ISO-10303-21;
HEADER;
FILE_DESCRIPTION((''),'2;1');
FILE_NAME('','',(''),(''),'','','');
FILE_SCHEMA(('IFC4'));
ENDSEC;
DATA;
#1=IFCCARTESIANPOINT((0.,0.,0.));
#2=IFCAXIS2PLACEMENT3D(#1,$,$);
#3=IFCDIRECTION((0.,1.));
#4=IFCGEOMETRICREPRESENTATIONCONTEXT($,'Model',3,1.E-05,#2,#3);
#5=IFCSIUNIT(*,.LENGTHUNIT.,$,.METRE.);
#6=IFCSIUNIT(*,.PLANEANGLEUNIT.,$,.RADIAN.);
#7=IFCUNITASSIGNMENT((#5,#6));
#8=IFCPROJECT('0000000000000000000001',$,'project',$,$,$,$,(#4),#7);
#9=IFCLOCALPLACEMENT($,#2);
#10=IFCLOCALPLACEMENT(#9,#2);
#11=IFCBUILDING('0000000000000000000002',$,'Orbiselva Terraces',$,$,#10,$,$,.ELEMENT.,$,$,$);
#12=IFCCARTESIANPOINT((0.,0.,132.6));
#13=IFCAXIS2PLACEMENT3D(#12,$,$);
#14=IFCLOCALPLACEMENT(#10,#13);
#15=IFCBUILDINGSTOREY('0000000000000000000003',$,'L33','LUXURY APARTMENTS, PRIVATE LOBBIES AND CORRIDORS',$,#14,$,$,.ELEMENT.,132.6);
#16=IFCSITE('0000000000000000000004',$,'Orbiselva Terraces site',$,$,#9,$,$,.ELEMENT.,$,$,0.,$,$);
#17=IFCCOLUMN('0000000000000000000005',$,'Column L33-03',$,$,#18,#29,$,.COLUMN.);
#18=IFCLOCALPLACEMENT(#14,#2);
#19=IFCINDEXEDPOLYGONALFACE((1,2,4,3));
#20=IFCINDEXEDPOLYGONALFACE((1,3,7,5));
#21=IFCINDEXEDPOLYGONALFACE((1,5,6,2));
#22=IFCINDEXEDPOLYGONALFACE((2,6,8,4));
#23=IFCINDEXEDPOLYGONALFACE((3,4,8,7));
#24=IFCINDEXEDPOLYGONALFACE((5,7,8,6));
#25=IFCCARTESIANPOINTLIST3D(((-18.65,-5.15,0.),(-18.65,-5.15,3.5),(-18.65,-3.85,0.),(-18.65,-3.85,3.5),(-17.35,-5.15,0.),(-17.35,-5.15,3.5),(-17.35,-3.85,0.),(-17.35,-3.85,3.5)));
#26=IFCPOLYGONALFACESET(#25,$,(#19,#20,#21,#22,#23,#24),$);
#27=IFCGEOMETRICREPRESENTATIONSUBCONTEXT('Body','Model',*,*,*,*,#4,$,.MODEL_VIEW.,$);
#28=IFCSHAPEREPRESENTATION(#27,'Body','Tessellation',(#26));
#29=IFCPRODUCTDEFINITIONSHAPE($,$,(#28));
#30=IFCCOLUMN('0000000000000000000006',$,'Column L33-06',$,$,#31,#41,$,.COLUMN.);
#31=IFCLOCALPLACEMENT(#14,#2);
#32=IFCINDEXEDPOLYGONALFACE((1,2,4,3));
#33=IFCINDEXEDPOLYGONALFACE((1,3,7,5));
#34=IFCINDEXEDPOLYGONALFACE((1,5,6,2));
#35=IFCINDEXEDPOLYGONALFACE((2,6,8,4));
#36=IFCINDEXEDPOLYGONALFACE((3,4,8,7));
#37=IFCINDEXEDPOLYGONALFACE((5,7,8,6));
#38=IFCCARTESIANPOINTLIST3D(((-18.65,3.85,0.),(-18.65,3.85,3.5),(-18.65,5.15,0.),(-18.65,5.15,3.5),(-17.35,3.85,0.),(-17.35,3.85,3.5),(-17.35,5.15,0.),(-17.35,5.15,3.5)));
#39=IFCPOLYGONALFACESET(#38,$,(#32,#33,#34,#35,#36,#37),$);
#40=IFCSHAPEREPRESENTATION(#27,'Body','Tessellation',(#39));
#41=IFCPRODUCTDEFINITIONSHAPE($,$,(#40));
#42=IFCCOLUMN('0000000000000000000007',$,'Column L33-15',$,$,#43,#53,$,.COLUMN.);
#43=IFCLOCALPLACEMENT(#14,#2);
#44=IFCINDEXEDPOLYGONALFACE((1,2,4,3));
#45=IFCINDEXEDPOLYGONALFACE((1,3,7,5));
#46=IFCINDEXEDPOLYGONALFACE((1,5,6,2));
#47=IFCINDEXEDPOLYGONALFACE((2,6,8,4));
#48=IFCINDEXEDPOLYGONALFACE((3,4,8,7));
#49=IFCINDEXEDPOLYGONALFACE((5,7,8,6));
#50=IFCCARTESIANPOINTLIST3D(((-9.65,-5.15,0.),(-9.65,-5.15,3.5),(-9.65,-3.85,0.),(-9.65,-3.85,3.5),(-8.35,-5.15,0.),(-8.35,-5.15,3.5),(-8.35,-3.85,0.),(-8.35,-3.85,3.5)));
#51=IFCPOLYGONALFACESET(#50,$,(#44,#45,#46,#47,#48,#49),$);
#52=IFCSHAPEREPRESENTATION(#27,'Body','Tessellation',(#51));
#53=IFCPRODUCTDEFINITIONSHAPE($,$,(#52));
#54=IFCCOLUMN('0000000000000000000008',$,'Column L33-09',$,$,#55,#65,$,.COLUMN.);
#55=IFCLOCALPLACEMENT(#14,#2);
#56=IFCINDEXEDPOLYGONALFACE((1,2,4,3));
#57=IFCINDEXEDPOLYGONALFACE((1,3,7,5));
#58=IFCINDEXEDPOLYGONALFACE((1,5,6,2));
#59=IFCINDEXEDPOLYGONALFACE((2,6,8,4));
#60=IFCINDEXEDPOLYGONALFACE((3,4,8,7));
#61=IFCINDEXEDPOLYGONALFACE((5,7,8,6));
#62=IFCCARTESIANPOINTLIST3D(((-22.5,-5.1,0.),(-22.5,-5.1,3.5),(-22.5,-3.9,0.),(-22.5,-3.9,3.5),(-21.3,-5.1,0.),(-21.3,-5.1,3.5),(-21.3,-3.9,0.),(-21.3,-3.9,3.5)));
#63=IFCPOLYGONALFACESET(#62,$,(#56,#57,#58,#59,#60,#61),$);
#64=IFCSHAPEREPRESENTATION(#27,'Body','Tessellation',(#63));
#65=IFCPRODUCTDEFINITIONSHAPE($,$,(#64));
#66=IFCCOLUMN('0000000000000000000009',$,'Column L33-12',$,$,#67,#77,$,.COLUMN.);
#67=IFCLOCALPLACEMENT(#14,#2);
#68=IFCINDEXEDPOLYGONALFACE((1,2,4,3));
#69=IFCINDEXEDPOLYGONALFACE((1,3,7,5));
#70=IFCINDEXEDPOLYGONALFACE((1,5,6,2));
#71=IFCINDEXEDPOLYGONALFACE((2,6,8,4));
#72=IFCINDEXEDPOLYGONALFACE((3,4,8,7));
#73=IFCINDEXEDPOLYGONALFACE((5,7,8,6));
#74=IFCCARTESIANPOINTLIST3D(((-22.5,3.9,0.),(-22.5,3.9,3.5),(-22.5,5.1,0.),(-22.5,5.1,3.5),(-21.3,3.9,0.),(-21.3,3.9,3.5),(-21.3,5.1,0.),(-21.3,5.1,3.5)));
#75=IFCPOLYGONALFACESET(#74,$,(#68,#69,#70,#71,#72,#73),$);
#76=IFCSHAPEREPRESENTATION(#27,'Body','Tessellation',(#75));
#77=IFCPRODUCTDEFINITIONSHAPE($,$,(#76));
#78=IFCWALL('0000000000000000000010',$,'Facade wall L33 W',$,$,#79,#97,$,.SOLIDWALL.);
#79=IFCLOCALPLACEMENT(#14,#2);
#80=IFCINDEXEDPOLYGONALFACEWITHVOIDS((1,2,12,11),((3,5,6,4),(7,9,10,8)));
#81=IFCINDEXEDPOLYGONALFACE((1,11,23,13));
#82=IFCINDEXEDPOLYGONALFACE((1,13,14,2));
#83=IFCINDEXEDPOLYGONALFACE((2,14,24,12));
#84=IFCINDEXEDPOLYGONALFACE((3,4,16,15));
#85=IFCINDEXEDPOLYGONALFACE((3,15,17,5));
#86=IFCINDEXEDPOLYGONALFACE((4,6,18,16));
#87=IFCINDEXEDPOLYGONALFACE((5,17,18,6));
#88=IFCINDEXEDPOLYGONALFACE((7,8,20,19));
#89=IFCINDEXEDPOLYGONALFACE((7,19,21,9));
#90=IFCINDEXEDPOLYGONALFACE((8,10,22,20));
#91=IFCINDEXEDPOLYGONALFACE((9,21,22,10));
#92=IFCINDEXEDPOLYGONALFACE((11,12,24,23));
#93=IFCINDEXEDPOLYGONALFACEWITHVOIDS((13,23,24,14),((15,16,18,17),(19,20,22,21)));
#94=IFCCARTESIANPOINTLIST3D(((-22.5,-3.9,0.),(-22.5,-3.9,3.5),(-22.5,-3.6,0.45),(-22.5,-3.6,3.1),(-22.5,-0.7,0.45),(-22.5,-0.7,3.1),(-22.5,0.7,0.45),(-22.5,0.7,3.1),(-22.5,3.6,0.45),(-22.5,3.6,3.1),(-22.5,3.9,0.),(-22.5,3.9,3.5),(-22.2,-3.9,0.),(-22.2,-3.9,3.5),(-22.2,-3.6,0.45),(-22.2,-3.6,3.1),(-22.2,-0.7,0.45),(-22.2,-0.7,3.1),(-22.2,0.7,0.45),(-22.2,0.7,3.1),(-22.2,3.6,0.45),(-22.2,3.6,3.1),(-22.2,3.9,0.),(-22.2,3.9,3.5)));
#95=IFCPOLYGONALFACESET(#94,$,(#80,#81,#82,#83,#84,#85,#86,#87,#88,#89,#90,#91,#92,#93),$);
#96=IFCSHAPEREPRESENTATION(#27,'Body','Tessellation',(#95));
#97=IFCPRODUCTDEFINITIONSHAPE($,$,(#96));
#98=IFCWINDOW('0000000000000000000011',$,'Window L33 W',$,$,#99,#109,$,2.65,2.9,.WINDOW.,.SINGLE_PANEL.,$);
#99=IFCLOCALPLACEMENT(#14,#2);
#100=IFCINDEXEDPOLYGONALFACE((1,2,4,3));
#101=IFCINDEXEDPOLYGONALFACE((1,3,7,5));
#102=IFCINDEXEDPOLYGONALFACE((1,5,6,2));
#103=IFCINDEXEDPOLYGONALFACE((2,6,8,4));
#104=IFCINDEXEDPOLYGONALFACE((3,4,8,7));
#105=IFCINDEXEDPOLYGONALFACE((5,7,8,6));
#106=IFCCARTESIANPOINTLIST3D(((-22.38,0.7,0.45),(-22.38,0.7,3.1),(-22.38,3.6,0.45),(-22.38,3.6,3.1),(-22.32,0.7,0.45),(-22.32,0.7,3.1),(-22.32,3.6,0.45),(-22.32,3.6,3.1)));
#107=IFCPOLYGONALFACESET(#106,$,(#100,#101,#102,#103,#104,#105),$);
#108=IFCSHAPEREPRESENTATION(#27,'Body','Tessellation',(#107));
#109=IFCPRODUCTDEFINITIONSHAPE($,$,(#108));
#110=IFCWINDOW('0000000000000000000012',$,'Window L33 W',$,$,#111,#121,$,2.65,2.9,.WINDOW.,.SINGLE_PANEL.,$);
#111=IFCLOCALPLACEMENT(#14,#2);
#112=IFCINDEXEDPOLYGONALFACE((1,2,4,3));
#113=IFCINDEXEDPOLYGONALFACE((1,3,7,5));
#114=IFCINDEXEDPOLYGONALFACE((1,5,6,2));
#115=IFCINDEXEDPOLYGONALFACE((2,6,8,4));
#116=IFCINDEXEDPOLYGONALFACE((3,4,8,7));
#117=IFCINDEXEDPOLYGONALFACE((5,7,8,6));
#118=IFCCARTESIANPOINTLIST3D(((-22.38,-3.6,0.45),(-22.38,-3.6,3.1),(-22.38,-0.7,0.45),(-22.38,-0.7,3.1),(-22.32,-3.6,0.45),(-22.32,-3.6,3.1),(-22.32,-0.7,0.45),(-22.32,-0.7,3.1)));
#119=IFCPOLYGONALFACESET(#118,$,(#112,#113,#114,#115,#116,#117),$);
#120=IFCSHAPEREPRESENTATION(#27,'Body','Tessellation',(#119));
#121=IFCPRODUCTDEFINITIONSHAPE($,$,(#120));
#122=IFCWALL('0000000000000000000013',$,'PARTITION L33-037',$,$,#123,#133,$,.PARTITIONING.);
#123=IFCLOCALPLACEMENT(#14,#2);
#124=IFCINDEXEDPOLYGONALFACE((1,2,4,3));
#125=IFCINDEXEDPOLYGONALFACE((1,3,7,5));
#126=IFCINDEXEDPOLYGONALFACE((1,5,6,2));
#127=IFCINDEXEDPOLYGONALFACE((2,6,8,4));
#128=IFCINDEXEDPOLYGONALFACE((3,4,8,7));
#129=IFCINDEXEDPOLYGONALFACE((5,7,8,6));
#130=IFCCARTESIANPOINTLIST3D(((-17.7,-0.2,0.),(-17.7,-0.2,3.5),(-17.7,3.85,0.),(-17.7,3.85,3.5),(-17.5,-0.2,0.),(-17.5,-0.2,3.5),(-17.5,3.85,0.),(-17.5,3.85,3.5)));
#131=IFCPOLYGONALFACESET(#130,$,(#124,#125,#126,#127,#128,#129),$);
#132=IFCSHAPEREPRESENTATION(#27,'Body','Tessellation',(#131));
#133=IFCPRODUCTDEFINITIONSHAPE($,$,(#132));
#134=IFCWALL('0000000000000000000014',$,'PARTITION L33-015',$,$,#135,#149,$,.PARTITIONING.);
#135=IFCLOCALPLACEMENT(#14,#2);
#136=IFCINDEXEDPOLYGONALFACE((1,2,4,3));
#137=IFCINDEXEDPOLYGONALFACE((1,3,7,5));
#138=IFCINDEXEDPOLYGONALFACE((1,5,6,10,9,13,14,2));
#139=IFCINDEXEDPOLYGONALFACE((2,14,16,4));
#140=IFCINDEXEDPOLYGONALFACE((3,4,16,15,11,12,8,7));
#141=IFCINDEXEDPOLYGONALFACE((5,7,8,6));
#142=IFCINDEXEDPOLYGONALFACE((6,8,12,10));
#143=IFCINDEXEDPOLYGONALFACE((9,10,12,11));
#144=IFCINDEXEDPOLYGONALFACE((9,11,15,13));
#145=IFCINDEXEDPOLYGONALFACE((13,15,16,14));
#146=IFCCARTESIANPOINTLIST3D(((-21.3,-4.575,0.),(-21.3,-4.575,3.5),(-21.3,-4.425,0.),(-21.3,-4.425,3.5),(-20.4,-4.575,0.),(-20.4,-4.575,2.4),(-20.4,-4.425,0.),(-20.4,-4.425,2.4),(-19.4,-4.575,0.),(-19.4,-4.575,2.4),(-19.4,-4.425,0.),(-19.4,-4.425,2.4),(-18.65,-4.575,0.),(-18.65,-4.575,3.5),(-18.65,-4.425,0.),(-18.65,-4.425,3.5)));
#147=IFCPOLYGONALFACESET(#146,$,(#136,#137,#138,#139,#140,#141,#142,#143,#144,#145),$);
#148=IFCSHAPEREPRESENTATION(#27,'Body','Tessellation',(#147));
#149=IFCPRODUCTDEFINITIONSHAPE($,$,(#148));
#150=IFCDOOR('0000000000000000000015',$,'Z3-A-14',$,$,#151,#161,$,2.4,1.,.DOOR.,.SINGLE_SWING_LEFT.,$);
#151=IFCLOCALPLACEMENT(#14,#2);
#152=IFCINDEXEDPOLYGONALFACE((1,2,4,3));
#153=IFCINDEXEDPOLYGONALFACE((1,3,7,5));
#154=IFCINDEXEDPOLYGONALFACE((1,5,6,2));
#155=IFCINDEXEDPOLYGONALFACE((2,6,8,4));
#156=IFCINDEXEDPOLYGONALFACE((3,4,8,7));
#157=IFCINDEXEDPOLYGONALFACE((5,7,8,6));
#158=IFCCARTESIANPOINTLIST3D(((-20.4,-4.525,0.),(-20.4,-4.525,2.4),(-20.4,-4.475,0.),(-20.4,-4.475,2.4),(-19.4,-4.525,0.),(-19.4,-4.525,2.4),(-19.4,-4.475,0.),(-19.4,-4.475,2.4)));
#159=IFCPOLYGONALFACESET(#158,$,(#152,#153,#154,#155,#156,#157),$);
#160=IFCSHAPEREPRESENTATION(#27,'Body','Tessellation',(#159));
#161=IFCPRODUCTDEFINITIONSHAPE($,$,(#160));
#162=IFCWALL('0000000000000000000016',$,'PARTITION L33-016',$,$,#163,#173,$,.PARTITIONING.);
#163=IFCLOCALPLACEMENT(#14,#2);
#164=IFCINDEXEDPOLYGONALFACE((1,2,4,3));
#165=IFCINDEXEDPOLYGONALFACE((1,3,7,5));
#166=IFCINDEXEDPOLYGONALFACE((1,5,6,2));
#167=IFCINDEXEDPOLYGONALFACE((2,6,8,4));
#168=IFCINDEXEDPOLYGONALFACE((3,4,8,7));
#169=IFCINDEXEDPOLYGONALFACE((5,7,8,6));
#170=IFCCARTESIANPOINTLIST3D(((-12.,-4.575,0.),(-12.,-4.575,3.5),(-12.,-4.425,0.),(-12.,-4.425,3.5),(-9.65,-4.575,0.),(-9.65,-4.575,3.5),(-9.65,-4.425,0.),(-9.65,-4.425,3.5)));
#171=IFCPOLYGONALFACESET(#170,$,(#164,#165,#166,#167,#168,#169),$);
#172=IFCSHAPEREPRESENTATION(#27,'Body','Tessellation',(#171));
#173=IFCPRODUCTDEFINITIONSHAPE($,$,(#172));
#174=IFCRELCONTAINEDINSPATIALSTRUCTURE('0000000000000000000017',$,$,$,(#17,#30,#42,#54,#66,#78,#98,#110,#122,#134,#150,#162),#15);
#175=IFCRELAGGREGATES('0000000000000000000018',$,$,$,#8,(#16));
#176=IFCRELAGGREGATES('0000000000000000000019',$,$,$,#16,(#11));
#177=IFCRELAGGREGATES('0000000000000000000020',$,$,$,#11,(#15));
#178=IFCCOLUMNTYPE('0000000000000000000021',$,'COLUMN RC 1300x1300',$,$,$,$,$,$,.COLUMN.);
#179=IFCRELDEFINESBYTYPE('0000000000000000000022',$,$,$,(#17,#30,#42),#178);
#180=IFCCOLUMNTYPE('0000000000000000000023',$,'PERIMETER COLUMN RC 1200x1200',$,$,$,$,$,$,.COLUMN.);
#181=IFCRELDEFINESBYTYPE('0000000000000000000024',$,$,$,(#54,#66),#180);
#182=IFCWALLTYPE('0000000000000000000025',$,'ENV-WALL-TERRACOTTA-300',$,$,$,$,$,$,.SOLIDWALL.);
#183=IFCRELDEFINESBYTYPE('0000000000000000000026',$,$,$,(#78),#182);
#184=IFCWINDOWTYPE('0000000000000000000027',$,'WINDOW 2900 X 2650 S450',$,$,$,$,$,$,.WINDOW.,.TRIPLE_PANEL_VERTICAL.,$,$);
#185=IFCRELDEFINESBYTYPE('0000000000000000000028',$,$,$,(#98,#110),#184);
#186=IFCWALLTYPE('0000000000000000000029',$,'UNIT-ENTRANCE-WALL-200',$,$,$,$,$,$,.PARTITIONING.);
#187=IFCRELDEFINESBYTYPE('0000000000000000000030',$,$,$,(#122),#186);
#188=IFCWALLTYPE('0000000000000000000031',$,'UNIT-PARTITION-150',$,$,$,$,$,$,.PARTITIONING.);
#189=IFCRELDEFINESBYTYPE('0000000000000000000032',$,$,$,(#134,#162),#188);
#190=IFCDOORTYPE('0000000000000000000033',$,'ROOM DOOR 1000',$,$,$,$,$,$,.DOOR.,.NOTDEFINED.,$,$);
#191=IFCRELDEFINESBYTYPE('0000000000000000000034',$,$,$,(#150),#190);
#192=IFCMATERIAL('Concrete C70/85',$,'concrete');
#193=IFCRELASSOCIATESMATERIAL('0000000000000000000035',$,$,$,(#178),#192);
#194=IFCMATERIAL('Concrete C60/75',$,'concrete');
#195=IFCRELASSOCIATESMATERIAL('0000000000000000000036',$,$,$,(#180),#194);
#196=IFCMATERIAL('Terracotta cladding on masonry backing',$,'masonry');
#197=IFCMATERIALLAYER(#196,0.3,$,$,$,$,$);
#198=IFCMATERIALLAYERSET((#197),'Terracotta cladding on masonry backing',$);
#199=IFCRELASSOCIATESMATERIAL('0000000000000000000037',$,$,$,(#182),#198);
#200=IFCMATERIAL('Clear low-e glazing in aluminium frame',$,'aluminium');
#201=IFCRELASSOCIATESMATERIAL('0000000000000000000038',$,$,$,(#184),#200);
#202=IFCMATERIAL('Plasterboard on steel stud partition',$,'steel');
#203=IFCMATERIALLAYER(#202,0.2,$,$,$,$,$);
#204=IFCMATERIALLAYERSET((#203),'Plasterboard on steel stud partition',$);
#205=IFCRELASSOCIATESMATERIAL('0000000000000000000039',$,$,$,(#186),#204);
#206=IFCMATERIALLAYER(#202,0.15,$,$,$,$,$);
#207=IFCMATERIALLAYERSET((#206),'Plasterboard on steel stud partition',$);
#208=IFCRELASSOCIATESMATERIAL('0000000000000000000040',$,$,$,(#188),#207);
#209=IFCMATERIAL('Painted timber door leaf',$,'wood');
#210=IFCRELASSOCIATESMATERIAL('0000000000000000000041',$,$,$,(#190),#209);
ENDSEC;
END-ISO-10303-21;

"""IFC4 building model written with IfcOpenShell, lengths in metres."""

from ifc_helpers import new_model, si_unit, direction, frame, frame_2d, origin, origin_2d, place, context, subcontext, project, spatial, rectangle, extrude, material, layer, layer_set, material_profile, profile_set, type_object, element, fill, save


model = new_model("IFC4")

# Units and contexts
model_context = context("Model", 3, precision=1e-05, world=origin(), true_north=direction((0.0, 1.0)))
body_context = subcontext(model_context, "Body", "Model", "MODEL_VIEW")
ifc_project = project(units=[si_unit("LENGTHUNIT", "METRE"), si_unit("PLANEANGLEUNIT", "RADIAN")], contexts=[model_context])

# Site, building, storey
site_placement = place(None, origin())
site = spatial("IfcSite", under=ifc_project, at=site_placement, Name="Orbiselva Terraces site", CompositionType="ELEMENT", RefElevation=0.0)
building_placement = place(site_placement, origin())
building = spatial("IfcBuilding", under=site, at=building_placement, Name="Orbiselva Terraces", CompositionType="ELEMENT")
storey_placement = place(building_placement, frame((0.0, 0.0, 132.6)))
storey = spatial("IfcBuildingStorey", under=building, at=storey_placement, Name="L33", Description="LUXURY APARTMENTS, PRIVATE LOBBIES AND CORRIDORS", CompositionType="ELEMENT", Elevation=132.6)

# Columns
ifc_material_1 = material(Name="Concrete C70/85", Category="concrete")
ifc_material_profile_1 = material_profile(ifc_material_1, rectangle(XDim=1.3, YDim=1.3, at=origin_2d()), Name="RC 1300x1300")
ifc_profile_set_1 = profile_set([ifc_material_profile_1], Name="Concrete C70/85")
column_type_1 = type_object("IfcColumnType", Name="COLUMN RC 1300x1300", PredefinedType="COLUMN", material=ifc_profile_set_1)
for number, where, z_axis, x_axis, name in (
    (1, (-18.0, -4.5, 0.0), (0.0, 0.0, 1.0), (1.0, 0.0, 0.0), "Column L33-03"),
    (2, (-18.0, 4.5, 0.0), (0.0, 0.0, 1.0), (1.0, 0.0, 0.0), "Column L33-06"),
    (3, (-9.0, -4.5, 0.0), (0.0, 0.0, 1.0), (1.0, 0.0, 0.0), "Column L33-15"),
):
    element("IfcColumn", number, at=place(storey_placement, frame(where, z_axis=z_axis, x_axis=x_axis)), inside=storey, type_object=column_type_1, Name=name, PredefinedType="COLUMN", context=body_context, shape_type="SweptSolid", body=[
        extrude(rectangle(XDim=1.3, YDim=1.3, at=origin_2d()), origin(), (0.0, 0.0, 1.0), 3.5),
    ])
ifc_material_2 = material(Name="Concrete C60/75", Category="concrete")
ifc_material_profile_2 = material_profile(ifc_material_2, rectangle(XDim=1.2, YDim=1.2, at=origin_2d()), Name="RC 1200x1200")
ifc_profile_set_2 = profile_set([ifc_material_profile_2], Name="Concrete C60/75")
column_type_2 = type_object("IfcColumnType", Name="PERIMETER COLUMN RC 1200x1200", PredefinedType="COLUMN", material=ifc_profile_set_2)
for number, where, z_axis, x_axis, name in (
    (4, (-21.9, -4.5, 0.0), (0.0, 0.0, 1.0), (1.0, 0.0, 0.0), "Column L33-09"),
    (5, (-21.9, 4.5, 0.0), (0.0, 0.0, 1.0), (1.0, 0.0, 0.0), "Column L33-12"),
):
    element("IfcColumn", number, at=place(storey_placement, frame(where, z_axis=z_axis, x_axis=x_axis)), inside=storey, type_object=column_type_2, Name=name, PredefinedType="COLUMN", context=body_context, shape_type="SweptSolid", body=[
        extrude(rectangle(XDim=1.2, YDim=1.2, at=origin_2d()), origin(), (0.0, 0.0, 1.0), 3.5),
    ])

# Wall, openings, windows
ifc_material_3 = material(Name="Terracotta cladding on masonry backing", Category="masonry")
ifc_layer_1 = layer(ifc_material_3, 0.3)
ifc_layer_set_1 = layer_set([ifc_layer_1], Name="Terracotta cladding on masonry backing")
wall_type_1 = type_object("IfcWallType", Name="ENV-WALL-TERRACOTTA-300", PredefinedType="SOLIDWALL", material=ifc_layer_set_1)
wall_1_placement = place(storey_placement, frame((-22.35, -3.9, 0.0), z_axis=(0.0, 0.0, 1.0), x_axis=(0.0, 1.0, 0.0)))
wall_1 = element("IfcWall", 6, at=wall_1_placement, inside=storey, type_object=wall_type_1, Name="Facade wall L33 W", PredefinedType="SOLIDWALL", context=body_context, shape_type="SweptSolid", body=[
    extrude(rectangle(XDim=7.8, YDim=0.3, at=frame_2d((3.9, 0.0))), origin(), (0.0, 0.0, 1.0), 3.5),
])
opening_1_placement = place(wall_1_placement, frame((4.6, 0.0, 0.45)))
opening_1 = element("IfcOpeningElement", 7, at=opening_1_placement, cuts=wall_1, PredefinedType="OPENING", context=body_context, shape_type="SweptSolid", body=[
    extrude(rectangle(XDim=2.9, YDim=2.65, at=frame_2d((1.45, 1.325))), frame((0.0, 0.16, 0.0), z_axis=(0.0, -1.0, 0.0), x_axis=(1.0, 0.0, 0.0)), (0.0, 0.0, 1.0), 0.32),
])
opening_2_placement = place(wall_1_placement, frame((0.3, 0.0, 0.45)))
opening_2 = element("IfcOpeningElement", 8, at=opening_2_placement, cuts=wall_1, PredefinedType="OPENING", context=body_context, shape_type="SweptSolid", body=[
    extrude(rectangle(XDim=2.9, YDim=2.65, at=frame_2d((1.45, 1.325))), frame((0.0, 0.16, 0.0), z_axis=(0.0, -1.0, 0.0), x_axis=(1.0, 0.0, 0.0)), (0.0, 0.0, 1.0), 0.32),
])
ifc_material_4 = material(Name="Clear low-e glazing in aluminium frame", Category="aluminium")
window_type = type_object("IfcWindowType", Name="WINDOW 2900 X 2650 S450", PartitioningType="TRIPLE_PANEL_VERTICAL", PredefinedType="WINDOW", material=ifc_material_4)
window_1_placement = place(opening_1_placement, origin())
window_1 = element("IfcWindow", 9, at=window_1_placement, inside=storey, type_object=window_type, Name="Window L33 W", OverallHeight=2.65, OverallWidth=2.9, PartitioningType="SINGLE_PANEL", PredefinedType="WINDOW", context=body_context, shape_type="SweptSolid", body=[
    extrude(rectangle(XDim=2.9, YDim=2.65, at=frame_2d((1.45, 1.325))), frame((0.0, 0.03, 0.0), z_axis=(0.0, -1.0, 0.0), x_axis=(1.0, 0.0, 0.0)), (0.0, 0.0, 1.0), 0.06),
])
fill(opening_1, window_1)
window_2_placement = place(opening_2_placement, origin())
window_2 = element("IfcWindow", 10, at=window_2_placement, inside=storey, type_object=window_type, Name="Window L33 W", OverallHeight=2.65, OverallWidth=2.9, PartitioningType="SINGLE_PANEL", PredefinedType="WINDOW", context=body_context, shape_type="SweptSolid", body=[
    extrude(rectangle(XDim=2.9, YDim=2.65, at=frame_2d((1.45, 1.325))), frame((0.0, 0.03, 0.0), z_axis=(0.0, -1.0, 0.0), x_axis=(1.0, 0.0, 0.0)), (0.0, 0.0, 1.0), 0.06),
])
fill(opening_2, window_2)

# Wall
ifc_material_5 = material(Name="Plasterboard on steel stud partition", Category="steel")
ifc_layer_2 = layer(ifc_material_5, 0.2)
ifc_layer_set_2 = layer_set([ifc_layer_2], Name="Plasterboard on steel stud partition")
wall_type_2 = type_object("IfcWallType", Name="UNIT-ENTRANCE-WALL-200", PredefinedType="PARTITIONING", material=ifc_layer_set_2)
wall_2_placement = place(storey_placement, frame((-17.6, -0.2, 0.0), z_axis=(0.0, 0.0, 1.0), x_axis=(0.0, 1.0, 0.0)))
element("IfcWall", 11, at=wall_2_placement, inside=storey, type_object=wall_type_2, Name="PARTITION L33-037", PredefinedType="PARTITIONING", context=body_context, shape_type="SweptSolid", body=[
    extrude(rectangle(XDim=4.05, YDim=0.2, at=frame_2d((2.025, 0.0))), origin(), (0.0, 0.0, 1.0), 3.5),
])

# Wall, opening, door
ifc_layer_3 = layer(ifc_material_5, 0.15)
ifc_layer_set_3 = layer_set([ifc_layer_3], Name="Plasterboard on steel stud partition")
wall_type_3 = type_object("IfcWallType", Name="UNIT-PARTITION-150", PredefinedType="PARTITIONING", material=ifc_layer_set_3)
wall_3_placement = place(storey_placement, frame((-18.65, -4.5, 0.0), z_axis=(0.0, 0.0, 1.0), x_axis=(-1.0, 0.0, 0.0)))
wall_3 = element("IfcWall", 12, at=wall_3_placement, inside=storey, type_object=wall_type_3, Name="PARTITION L33-015", PredefinedType="PARTITIONING", context=body_context, shape_type="SweptSolid", body=[
    extrude(rectangle(XDim=2.65, YDim=0.15, at=frame_2d((1.325, 0.0))), origin(), (0.0, 0.0, 1.0), 3.5),
])
opening_3_placement = place(wall_3_placement, frame((0.75, 0.0, 0.0)))
opening_3 = element("IfcOpeningElement", 13, at=opening_3_placement, cuts=wall_3, PredefinedType="OPENING", context=body_context, shape_type="SweptSolid", body=[
    extrude(rectangle(XDim=1.0, YDim=2.4, at=frame_2d((0.5, 1.2))), frame((0.0, 0.085, 0.0), z_axis=(0.0, -1.0, 0.0), x_axis=(1.0, 0.0, 0.0)), (0.0, 0.0, 1.0), 0.17),
])
ifc_material_6 = material(Name="Painted timber door leaf", Category="wood")
door_type_1 = type_object("IfcDoorType", Name="ROOM DOOR 1000", OperationType="NOTDEFINED", PredefinedType="DOOR", material=ifc_material_6)
door_1_placement = place(opening_3_placement, origin())
door_1 = element("IfcDoor", 14, at=door_1_placement, inside=storey, type_object=door_type_1, Name="Z3-A-14", OperationType="SINGLE_SWING_LEFT", OverallHeight=2.4, OverallWidth=1.0, PredefinedType="DOOR", context=body_context, shape_type="SweptSolid", body=[
    extrude(rectangle(XDim=1.0, YDim=2.4, at=frame_2d((0.5, 1.2))), frame((0.0, 0.025, 0.0), z_axis=(0.0, -1.0, 0.0), x_axis=(1.0, 0.0, 0.0)), (0.0, 0.0, 1.0), 0.05),
])
fill(opening_3, door_1)

# Wall
wall_4_placement = place(storey_placement, frame((-12.0, -4.5, 0.0), z_axis=(0.0, 0.0, 1.0), x_axis=(1.0, 0.0, 0.0)))
element("IfcWall", 15, at=wall_4_placement, inside=storey, type_object=wall_type_3, Name="PARTITION L33-016", PredefinedType="PARTITIONING", context=body_context, shape_type="SweptSolid", body=[
    extrude(rectangle(XDim=2.35, YDim=0.15, at=frame_2d((1.175, 0.0))), origin(), (0.0, 0.0, 1.0), 3.5),
])

save(model, "model.ifc")
